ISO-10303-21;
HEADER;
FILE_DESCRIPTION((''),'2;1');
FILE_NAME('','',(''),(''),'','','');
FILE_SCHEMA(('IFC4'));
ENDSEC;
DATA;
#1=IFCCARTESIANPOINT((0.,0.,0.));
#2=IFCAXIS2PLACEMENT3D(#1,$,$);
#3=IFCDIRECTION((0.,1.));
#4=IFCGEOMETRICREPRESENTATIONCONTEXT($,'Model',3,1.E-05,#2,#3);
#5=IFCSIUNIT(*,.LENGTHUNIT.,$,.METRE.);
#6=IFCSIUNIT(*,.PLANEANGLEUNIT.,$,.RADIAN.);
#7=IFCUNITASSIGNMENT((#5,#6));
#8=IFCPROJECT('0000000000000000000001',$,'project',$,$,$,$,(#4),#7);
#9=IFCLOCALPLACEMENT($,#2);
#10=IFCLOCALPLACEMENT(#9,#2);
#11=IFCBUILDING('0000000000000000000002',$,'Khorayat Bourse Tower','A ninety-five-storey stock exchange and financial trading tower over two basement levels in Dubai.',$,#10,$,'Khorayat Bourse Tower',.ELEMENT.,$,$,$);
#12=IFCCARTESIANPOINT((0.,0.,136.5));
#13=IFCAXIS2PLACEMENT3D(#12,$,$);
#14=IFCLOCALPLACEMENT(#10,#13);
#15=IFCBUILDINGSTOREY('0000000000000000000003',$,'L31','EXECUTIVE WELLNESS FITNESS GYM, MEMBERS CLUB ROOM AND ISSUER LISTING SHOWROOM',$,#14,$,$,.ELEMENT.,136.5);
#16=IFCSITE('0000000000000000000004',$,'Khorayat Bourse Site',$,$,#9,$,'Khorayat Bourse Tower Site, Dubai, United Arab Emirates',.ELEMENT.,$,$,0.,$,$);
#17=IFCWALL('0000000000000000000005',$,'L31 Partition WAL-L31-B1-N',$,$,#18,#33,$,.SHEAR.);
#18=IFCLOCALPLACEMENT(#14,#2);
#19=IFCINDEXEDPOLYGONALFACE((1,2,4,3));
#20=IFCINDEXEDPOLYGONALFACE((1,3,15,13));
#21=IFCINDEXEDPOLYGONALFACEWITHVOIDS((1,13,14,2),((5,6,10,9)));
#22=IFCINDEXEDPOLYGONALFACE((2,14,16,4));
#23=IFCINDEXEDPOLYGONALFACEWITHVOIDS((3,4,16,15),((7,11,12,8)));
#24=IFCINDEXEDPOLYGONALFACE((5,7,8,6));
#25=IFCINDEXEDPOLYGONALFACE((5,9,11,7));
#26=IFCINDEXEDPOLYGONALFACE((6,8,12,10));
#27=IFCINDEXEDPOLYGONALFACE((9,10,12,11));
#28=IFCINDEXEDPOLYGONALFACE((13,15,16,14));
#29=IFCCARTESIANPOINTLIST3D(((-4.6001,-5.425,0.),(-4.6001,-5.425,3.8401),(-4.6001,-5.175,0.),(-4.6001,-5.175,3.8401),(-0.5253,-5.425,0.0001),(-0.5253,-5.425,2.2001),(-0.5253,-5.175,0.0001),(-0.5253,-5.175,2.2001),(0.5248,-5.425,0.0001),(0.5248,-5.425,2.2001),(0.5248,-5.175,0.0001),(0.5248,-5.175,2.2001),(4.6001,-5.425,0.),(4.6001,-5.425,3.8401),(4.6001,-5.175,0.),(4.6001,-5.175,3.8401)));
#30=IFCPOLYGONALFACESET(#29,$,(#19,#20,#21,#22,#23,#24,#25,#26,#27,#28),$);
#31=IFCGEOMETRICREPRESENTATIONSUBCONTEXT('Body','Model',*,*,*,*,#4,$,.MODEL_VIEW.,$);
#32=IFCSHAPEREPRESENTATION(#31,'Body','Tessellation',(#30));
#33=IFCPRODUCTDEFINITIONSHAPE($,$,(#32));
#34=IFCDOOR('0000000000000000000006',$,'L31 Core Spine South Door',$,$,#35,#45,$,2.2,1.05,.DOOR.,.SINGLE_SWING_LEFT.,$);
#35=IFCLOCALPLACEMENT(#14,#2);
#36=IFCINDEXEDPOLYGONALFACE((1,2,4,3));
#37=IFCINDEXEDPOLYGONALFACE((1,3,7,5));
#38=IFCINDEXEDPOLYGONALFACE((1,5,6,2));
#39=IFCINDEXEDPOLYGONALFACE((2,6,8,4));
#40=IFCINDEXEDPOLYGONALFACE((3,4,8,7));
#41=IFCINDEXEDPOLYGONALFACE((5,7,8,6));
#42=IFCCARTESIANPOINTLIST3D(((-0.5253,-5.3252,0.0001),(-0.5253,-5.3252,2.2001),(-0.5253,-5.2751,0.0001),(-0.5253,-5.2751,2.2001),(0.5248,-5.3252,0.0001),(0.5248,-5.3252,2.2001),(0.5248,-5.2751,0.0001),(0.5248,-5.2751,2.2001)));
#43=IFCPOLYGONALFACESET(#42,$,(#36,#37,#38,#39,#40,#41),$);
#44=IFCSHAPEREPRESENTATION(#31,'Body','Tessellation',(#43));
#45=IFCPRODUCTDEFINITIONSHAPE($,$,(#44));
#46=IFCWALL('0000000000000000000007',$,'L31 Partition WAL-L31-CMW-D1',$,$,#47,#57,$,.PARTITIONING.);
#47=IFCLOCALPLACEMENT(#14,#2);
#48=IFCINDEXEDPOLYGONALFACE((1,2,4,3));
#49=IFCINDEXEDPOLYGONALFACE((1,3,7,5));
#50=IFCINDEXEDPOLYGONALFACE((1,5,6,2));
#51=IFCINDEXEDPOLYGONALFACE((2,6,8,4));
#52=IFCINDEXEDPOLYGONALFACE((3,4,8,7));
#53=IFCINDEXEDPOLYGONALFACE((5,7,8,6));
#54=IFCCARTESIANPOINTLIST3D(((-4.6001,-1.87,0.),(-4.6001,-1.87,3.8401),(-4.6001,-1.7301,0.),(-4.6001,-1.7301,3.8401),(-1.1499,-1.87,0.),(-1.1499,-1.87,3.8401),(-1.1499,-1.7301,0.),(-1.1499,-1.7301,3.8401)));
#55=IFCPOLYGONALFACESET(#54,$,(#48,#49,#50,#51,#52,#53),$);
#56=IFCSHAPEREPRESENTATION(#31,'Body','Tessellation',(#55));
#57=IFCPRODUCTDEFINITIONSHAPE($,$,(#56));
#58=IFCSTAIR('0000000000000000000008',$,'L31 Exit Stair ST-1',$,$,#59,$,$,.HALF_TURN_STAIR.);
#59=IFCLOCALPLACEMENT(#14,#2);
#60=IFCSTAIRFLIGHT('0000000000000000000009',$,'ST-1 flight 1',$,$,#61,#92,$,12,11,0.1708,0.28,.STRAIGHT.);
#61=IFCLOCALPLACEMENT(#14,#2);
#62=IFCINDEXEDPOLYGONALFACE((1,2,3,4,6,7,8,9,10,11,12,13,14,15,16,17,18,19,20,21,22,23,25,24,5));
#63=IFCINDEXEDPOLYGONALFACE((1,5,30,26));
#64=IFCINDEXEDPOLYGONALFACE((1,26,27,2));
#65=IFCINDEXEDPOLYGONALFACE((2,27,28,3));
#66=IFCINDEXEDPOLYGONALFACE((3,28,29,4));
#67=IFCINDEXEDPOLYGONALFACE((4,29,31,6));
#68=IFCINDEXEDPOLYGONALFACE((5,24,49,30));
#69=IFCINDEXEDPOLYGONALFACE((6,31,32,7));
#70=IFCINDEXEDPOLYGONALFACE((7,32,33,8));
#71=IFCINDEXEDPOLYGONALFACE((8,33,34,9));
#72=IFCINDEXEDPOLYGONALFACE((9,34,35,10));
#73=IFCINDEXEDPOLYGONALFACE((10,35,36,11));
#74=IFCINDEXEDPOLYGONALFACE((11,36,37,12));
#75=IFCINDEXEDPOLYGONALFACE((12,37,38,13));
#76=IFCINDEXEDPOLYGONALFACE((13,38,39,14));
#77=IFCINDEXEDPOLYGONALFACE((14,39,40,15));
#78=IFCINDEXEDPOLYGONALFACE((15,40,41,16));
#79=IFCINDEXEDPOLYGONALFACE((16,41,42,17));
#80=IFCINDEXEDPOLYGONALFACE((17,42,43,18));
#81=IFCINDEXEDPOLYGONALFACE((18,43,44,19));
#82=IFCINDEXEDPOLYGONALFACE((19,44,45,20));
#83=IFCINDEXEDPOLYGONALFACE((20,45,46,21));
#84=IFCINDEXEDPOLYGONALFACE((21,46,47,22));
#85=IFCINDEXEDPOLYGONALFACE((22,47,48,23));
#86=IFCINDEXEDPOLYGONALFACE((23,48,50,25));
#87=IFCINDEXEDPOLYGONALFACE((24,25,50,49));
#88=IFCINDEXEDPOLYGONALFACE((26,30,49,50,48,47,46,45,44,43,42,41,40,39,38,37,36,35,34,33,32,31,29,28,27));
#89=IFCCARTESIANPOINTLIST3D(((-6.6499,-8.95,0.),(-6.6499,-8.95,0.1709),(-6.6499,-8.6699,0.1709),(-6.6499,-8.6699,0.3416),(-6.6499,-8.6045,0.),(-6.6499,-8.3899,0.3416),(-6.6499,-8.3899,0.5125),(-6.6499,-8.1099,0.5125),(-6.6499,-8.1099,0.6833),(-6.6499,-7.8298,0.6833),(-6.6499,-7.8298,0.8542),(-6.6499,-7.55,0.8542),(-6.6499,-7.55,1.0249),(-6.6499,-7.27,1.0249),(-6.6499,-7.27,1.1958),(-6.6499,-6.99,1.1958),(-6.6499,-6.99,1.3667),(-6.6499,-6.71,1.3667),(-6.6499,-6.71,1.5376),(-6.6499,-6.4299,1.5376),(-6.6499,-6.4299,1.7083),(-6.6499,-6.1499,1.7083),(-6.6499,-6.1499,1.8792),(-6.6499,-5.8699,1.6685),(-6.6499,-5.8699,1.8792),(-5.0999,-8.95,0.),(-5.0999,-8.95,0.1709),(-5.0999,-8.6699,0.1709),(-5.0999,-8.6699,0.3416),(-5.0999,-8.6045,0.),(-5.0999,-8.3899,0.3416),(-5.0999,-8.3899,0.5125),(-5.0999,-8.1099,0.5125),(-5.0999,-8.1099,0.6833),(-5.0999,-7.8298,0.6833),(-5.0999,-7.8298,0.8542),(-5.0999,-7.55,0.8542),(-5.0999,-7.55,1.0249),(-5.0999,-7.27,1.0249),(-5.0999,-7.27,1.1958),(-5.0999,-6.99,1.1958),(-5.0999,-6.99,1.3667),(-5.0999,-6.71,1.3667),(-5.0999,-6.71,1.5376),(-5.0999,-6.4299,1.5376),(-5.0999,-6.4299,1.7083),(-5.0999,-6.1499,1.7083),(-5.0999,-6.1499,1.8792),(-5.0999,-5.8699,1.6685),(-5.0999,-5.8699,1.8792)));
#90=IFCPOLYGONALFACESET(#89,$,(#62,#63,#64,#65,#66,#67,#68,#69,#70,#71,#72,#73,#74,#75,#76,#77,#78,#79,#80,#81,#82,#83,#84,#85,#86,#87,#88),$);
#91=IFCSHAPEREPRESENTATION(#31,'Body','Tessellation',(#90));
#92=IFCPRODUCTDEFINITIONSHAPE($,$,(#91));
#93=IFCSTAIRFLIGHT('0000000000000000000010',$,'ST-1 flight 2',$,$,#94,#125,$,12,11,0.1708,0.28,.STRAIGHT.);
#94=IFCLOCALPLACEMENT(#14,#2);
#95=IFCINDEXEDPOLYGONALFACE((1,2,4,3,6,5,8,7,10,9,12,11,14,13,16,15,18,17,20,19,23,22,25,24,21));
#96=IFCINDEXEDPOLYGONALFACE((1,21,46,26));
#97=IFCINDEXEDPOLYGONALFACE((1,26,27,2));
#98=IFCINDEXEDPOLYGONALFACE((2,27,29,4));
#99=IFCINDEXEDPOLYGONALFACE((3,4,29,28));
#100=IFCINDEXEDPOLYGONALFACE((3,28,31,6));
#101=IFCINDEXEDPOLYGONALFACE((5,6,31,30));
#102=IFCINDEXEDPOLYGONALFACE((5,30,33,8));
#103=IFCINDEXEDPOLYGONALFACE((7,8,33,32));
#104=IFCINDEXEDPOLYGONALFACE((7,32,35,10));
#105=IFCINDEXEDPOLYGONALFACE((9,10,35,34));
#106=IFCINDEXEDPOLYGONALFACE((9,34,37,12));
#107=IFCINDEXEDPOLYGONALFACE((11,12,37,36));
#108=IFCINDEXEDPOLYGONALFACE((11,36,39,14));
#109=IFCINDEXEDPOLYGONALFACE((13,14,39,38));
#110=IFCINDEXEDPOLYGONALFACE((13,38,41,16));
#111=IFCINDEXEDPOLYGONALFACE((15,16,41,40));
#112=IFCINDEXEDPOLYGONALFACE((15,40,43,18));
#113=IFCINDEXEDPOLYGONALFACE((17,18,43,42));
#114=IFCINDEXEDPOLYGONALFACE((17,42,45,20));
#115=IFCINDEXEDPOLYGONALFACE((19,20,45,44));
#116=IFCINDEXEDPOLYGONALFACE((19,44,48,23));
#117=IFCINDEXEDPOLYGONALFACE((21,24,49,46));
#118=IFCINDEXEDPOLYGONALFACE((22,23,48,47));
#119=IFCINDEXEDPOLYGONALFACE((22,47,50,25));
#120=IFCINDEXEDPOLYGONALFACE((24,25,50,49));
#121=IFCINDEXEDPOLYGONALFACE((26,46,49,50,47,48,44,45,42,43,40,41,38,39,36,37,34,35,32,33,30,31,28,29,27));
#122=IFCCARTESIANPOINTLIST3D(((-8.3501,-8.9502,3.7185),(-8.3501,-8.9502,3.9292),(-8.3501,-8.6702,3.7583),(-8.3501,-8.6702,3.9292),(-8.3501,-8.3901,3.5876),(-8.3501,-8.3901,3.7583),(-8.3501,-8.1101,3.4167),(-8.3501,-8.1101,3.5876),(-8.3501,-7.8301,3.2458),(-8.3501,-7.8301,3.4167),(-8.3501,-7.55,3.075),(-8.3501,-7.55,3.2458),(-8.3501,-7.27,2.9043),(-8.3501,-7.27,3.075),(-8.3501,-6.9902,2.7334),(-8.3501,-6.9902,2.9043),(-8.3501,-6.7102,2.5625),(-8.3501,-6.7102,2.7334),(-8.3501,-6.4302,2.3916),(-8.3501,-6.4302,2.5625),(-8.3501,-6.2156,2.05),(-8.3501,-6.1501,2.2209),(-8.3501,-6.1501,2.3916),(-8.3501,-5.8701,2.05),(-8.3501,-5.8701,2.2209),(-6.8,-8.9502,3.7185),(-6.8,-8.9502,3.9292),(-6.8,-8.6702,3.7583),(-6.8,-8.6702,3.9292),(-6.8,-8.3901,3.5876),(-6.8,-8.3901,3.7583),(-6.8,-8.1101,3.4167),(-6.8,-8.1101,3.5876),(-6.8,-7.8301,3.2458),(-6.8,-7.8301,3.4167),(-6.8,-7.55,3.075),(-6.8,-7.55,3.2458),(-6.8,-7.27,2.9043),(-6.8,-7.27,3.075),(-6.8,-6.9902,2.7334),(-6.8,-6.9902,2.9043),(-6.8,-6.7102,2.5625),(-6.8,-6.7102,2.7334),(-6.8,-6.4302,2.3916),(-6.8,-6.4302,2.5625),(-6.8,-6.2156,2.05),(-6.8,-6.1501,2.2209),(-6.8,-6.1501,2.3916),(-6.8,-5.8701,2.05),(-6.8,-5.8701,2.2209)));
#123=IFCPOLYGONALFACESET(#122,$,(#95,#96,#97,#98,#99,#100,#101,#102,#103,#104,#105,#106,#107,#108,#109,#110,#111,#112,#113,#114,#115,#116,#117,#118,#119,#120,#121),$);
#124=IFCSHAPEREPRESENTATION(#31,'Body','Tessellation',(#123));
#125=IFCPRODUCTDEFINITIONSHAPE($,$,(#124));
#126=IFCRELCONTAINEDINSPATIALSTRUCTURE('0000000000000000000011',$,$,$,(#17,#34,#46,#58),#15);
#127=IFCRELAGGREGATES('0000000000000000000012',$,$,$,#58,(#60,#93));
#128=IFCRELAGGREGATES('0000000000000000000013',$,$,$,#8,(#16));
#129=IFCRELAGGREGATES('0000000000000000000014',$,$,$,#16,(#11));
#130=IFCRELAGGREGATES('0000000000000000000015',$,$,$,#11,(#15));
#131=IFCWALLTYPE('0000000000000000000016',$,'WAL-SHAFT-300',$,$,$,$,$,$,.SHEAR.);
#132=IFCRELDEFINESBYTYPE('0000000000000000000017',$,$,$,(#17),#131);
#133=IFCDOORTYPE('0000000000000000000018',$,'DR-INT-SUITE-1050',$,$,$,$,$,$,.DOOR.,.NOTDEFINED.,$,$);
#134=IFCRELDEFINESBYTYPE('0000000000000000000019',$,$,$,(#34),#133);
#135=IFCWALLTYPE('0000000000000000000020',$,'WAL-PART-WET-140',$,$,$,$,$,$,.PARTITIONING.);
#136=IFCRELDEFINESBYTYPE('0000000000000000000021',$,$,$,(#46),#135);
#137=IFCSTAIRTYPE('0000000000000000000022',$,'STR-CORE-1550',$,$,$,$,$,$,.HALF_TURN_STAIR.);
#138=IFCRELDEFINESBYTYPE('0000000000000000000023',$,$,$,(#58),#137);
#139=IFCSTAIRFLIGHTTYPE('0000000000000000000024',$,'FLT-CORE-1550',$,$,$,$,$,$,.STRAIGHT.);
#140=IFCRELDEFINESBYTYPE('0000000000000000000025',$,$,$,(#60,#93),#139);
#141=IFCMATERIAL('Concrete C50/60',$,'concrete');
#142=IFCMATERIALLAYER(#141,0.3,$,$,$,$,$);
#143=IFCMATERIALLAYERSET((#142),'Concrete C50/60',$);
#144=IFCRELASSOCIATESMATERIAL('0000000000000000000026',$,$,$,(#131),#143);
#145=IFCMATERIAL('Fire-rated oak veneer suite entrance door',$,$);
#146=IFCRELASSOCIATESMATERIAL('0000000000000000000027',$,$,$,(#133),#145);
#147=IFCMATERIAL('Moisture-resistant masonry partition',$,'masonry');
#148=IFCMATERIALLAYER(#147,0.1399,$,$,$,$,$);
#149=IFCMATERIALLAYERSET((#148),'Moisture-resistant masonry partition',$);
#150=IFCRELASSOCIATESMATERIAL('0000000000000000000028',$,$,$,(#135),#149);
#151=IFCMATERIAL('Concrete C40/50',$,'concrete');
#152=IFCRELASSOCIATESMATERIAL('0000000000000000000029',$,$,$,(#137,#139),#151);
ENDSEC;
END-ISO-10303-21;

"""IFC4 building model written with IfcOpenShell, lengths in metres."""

from ifc_helpers import new_model, si_unit, direction, frame, frame_2d, origin, place, context, subcontext, project, spatial, polyline, rectangle, outline, extrude, source, transform, mapped, material, layer, layer_set, type_object, element, fill, aggregate, save


model = new_model("IFC4")

# Units and contexts
model_context = context("Model", 3, precision=1e-05, world=origin(), true_north=direction((0.0, 1.0)))
body_context = subcontext(model_context, "Body", "Model", "MODEL_VIEW")
ifc_project = project(units=[si_unit("LENGTHUNIT", "METRE"), si_unit("PLANEANGLEUNIT", "RADIAN")], contexts=[model_context])

# Site, building, storey
site_placement = place(None, origin())
site = spatial("IfcSite", under=ifc_project, at=site_placement, Name="Khorayat Bourse Site", LongName="Khorayat Bourse Tower Site, Dubai, United Arab Emirates", CompositionType="ELEMENT", RefElevation=0.0)
building_placement = place(site_placement, origin())
building = spatial("IfcBuilding", under=site, at=building_placement, Name="Khorayat Bourse Tower", Description="A ninety-five-storey stock exchange and financial trading tower over two basement levels in Dubai.", LongName="Khorayat Bourse Tower", CompositionType="ELEMENT")
storey_placement = place(building_placement, frame((0.0, 0.0, 136.5)))
storey = spatial("IfcBuildingStorey", under=building, at=storey_placement, Name="L31", Description="EXECUTIVE WELLNESS FITNESS GYM, MEMBERS CLUB ROOM AND ISSUER LISTING SHOWROOM", CompositionType="ELEMENT", Elevation=136.5)

# Shared definitions
ifc_material_1 = material(Name="Concrete C50/60", Category="concrete")
ifc_layer_1 = layer(ifc_material_1, 0.3)
ifc_layer_set_1 = layer_set([ifc_layer_1], Name="Concrete C50/60")
wall_type_1 = type_object("IfcWallType", Name="WAL-SHAFT-300", PredefinedType="SHEAR", material=ifc_layer_set_1)

# Wall, opening, door
shared_shape_1 = source(origin(), body_context, "Body", "SweptSolid", [
    extrude(rectangle(XDim=9.2002, YDim=0.25, at=frame_2d((4.6001, 0.0))), origin(), (0.0, 0.0, 1.0), 3.8401),
])
wall_1_placement = place(storey_placement, frame((-4.6001, -5.3, 0.0), z_axis=(0.0, 0.0, 1.0), x_axis=(1.0, 0.0, 0.0)))
wall_1 = element("IfcWall", 1, at=wall_1_placement, inside=storey, type_object=wall_type_1, Name="L31 Partition WAL-L31-B1-N", PredefinedType="SHEAR", context=body_context, shape_type="MappedRepresentation", body=[
    mapped(shared_shape_1, transform((0.0, 0.0, 0.0), scale=1.0)),
])
shared_shape_2 = source(origin(), body_context, "Body", "SweptSolid", [
    extrude(rectangle(XDim=1.05, YDim=2.2, at=frame_2d((0.5249, 1.1001))), frame((0.0, 0.135, 0.0), z_axis=(0.0, -1.0, 0.0), x_axis=(1.0, 0.0, 0.0)), (0.0, 0.0, 1.0), 0.27),
])
opening_1_placement = place(wall_1_placement, frame((4.075, 0.0, 0.0)))
opening_1 = element("IfcOpeningElement", 2, at=opening_1_placement, cuts=wall_1, PredefinedType="OPENING", context=body_context, shape_type="MappedRepresentation", body=[
    mapped(shared_shape_2, transform((0.0, 0.0, 0.0), scale=1.0)),
])
ifc_material_2 = material(Name="Fire-rated oak veneer suite entrance door")
door_type_1 = type_object("IfcDoorType", Name="DR-INT-SUITE-1050", OperationType="NOTDEFINED", PredefinedType="DOOR", material=ifc_material_2)
shared_shape_3 = source(origin(), body_context, "Body", "SweptSolid", [
    extrude(rectangle(XDim=1.05, YDim=2.2, at=frame_2d((0.5249, 1.1001))), frame((0.0, 0.0249, 0.0), z_axis=(0.0, -1.0, 0.0), x_axis=(1.0, 0.0, 0.0)), (0.0, 0.0, 1.0), 0.05),
])
door_1_placement = place(opening_1_placement, origin())
door_1 = element("IfcDoor", 3, at=door_1_placement, inside=storey, type_object=door_type_1, Name="L31 Core Spine South Door", OperationType="SINGLE_SWING_LEFT", OverallHeight=2.2, OverallWidth=1.05, PredefinedType="DOOR", context=body_context, shape_type="MappedRepresentation", body=[
    mapped(shared_shape_3, transform((0.0, 0.0, 0.0), scale=1.0)),
])
fill(opening_1, door_1)

# Wall
ifc_material_3 = material(Name="Moisture-resistant masonry partition", Category="masonry")
ifc_layer_2 = layer(ifc_material_3, 0.1399)
ifc_layer_set_2 = layer_set([ifc_layer_2], Name="Moisture-resistant masonry partition")
wall_type_2 = type_object("IfcWallType", Name="WAL-PART-WET-140", PredefinedType="PARTITIONING", material=ifc_layer_set_2)
shared_shape_4 = source(origin(), body_context, "Body", "SweptSolid", [
    extrude(rectangle(XDim=3.4502, YDim=0.1399, at=frame_2d((1.7251, 0.0))), origin(), (0.0, 0.0, 1.0), 3.8401),
])
wall_2_placement = place(storey_placement, frame((-4.6001, -1.8, 0.0), z_axis=(0.0, 0.0, 1.0), x_axis=(1.0, 0.0, 0.0)))
element("IfcWall", 4, at=wall_2_placement, inside=storey, type_object=wall_type_2, Name="L31 Partition WAL-L31-CMW-D1", PredefinedType="PARTITIONING", context=body_context, shape_type="MappedRepresentation", body=[
    mapped(shared_shape_4, transform((0.0, 0.0, 0.0), scale=1.0)),
])

# Stair, stair flights
ifc_material_4 = material(Name="Concrete C40/50", Category="concrete")
stair_type = type_object("IfcStairType", Name="STR-CORE-1550", PredefinedType="HALF_TURN_STAIR", material=ifc_material_4)
stair_placement = place(storey_placement, origin())
stair = element("IfcStair", 5, at=stair_placement, inside=storey, type_object=stair_type, Name="L31 Exit Stair ST-1", PredefinedType="HALF_TURN_STAIR")
stair_flight_type = type_object("IfcStairFlightType", Name="FLT-CORE-1550", PredefinedType="STRAIGHT", material=ifc_material_4)
shared_shape_5 = source(origin(), body_context, "Body", "SweptSolid", [
    extrude(outline(polyline([(0.0, 0.0), (0.0, 0.1709), (0.28, 0.1709), (0.28, 0.3416), (0.5601, 0.3416), (0.5601, 0.5125), (0.8401, 0.5125), (0.8401, 0.6833), (1.1201, 0.6833), (1.1201, 0.8542), (1.3999, 0.8542), (1.3999, 1.0249), (1.6799, 1.0249), (1.6799, 1.1958), (1.96, 1.1958), (1.96, 1.3667), (2.24, 1.3667), (2.24, 1.5376), (2.52, 1.5376), (2.52, 1.7083), (2.8, 1.7083), (2.8, 1.8792), (3.0801, 1.8792), (3.0801, 2.05), (3.0801, 1.6685), (0.3455, 0.0), (0.0, 0.0)])), frame((0.0, 0.7749, 0.0), z_axis=(0.0, -1.0, 0.0), x_axis=(1.0, 0.0, 0.0)), (0.0, 0.0, 1.0), 1.55),
])
stair_flight_1_placement = place(storey_placement, frame((-5.875, -8.95, 0.0), z_axis=(0.0, 0.0, 1.0), x_axis=(0.0, 1.0, 0.0)))
stair_flight_1 = element("IfcStairFlight", 6, at=stair_flight_1_placement, type_object=stair_flight_type, Name="ST-1 flight 1", NumberOfRisers=12, NumberOfTreads=11, PredefinedType="STRAIGHT", RiserHeight=0.1708, TreadLength=0.28, context=body_context, shape_type="MappedRepresentation", body=[
    mapped(shared_shape_5, transform((0.0, 0.0, 0.0), scale=1.0)),
])
stair_flight_2_placement = place(storey_placement, frame((-7.575, -5.8701, 2.05), z_axis=(0.0, 0.0, 1.0), x_axis=(0.0, -1.0, 0.0)))
stair_flight_2 = element("IfcStairFlight", 7, at=stair_flight_2_placement, type_object=stair_flight_type, Name="ST-1 flight 2", NumberOfRisers=12, NumberOfTreads=11, PredefinedType="STRAIGHT", RiserHeight=0.1708, TreadLength=0.28, context=body_context, shape_type="MappedRepresentation", body=[
    mapped(shared_shape_5, transform((0.0, 0.0, 0.0), scale=1.0)),
])
aggregate(stair, [stair_flight_1, stair_flight_2])

save(model, "model.ifc")
